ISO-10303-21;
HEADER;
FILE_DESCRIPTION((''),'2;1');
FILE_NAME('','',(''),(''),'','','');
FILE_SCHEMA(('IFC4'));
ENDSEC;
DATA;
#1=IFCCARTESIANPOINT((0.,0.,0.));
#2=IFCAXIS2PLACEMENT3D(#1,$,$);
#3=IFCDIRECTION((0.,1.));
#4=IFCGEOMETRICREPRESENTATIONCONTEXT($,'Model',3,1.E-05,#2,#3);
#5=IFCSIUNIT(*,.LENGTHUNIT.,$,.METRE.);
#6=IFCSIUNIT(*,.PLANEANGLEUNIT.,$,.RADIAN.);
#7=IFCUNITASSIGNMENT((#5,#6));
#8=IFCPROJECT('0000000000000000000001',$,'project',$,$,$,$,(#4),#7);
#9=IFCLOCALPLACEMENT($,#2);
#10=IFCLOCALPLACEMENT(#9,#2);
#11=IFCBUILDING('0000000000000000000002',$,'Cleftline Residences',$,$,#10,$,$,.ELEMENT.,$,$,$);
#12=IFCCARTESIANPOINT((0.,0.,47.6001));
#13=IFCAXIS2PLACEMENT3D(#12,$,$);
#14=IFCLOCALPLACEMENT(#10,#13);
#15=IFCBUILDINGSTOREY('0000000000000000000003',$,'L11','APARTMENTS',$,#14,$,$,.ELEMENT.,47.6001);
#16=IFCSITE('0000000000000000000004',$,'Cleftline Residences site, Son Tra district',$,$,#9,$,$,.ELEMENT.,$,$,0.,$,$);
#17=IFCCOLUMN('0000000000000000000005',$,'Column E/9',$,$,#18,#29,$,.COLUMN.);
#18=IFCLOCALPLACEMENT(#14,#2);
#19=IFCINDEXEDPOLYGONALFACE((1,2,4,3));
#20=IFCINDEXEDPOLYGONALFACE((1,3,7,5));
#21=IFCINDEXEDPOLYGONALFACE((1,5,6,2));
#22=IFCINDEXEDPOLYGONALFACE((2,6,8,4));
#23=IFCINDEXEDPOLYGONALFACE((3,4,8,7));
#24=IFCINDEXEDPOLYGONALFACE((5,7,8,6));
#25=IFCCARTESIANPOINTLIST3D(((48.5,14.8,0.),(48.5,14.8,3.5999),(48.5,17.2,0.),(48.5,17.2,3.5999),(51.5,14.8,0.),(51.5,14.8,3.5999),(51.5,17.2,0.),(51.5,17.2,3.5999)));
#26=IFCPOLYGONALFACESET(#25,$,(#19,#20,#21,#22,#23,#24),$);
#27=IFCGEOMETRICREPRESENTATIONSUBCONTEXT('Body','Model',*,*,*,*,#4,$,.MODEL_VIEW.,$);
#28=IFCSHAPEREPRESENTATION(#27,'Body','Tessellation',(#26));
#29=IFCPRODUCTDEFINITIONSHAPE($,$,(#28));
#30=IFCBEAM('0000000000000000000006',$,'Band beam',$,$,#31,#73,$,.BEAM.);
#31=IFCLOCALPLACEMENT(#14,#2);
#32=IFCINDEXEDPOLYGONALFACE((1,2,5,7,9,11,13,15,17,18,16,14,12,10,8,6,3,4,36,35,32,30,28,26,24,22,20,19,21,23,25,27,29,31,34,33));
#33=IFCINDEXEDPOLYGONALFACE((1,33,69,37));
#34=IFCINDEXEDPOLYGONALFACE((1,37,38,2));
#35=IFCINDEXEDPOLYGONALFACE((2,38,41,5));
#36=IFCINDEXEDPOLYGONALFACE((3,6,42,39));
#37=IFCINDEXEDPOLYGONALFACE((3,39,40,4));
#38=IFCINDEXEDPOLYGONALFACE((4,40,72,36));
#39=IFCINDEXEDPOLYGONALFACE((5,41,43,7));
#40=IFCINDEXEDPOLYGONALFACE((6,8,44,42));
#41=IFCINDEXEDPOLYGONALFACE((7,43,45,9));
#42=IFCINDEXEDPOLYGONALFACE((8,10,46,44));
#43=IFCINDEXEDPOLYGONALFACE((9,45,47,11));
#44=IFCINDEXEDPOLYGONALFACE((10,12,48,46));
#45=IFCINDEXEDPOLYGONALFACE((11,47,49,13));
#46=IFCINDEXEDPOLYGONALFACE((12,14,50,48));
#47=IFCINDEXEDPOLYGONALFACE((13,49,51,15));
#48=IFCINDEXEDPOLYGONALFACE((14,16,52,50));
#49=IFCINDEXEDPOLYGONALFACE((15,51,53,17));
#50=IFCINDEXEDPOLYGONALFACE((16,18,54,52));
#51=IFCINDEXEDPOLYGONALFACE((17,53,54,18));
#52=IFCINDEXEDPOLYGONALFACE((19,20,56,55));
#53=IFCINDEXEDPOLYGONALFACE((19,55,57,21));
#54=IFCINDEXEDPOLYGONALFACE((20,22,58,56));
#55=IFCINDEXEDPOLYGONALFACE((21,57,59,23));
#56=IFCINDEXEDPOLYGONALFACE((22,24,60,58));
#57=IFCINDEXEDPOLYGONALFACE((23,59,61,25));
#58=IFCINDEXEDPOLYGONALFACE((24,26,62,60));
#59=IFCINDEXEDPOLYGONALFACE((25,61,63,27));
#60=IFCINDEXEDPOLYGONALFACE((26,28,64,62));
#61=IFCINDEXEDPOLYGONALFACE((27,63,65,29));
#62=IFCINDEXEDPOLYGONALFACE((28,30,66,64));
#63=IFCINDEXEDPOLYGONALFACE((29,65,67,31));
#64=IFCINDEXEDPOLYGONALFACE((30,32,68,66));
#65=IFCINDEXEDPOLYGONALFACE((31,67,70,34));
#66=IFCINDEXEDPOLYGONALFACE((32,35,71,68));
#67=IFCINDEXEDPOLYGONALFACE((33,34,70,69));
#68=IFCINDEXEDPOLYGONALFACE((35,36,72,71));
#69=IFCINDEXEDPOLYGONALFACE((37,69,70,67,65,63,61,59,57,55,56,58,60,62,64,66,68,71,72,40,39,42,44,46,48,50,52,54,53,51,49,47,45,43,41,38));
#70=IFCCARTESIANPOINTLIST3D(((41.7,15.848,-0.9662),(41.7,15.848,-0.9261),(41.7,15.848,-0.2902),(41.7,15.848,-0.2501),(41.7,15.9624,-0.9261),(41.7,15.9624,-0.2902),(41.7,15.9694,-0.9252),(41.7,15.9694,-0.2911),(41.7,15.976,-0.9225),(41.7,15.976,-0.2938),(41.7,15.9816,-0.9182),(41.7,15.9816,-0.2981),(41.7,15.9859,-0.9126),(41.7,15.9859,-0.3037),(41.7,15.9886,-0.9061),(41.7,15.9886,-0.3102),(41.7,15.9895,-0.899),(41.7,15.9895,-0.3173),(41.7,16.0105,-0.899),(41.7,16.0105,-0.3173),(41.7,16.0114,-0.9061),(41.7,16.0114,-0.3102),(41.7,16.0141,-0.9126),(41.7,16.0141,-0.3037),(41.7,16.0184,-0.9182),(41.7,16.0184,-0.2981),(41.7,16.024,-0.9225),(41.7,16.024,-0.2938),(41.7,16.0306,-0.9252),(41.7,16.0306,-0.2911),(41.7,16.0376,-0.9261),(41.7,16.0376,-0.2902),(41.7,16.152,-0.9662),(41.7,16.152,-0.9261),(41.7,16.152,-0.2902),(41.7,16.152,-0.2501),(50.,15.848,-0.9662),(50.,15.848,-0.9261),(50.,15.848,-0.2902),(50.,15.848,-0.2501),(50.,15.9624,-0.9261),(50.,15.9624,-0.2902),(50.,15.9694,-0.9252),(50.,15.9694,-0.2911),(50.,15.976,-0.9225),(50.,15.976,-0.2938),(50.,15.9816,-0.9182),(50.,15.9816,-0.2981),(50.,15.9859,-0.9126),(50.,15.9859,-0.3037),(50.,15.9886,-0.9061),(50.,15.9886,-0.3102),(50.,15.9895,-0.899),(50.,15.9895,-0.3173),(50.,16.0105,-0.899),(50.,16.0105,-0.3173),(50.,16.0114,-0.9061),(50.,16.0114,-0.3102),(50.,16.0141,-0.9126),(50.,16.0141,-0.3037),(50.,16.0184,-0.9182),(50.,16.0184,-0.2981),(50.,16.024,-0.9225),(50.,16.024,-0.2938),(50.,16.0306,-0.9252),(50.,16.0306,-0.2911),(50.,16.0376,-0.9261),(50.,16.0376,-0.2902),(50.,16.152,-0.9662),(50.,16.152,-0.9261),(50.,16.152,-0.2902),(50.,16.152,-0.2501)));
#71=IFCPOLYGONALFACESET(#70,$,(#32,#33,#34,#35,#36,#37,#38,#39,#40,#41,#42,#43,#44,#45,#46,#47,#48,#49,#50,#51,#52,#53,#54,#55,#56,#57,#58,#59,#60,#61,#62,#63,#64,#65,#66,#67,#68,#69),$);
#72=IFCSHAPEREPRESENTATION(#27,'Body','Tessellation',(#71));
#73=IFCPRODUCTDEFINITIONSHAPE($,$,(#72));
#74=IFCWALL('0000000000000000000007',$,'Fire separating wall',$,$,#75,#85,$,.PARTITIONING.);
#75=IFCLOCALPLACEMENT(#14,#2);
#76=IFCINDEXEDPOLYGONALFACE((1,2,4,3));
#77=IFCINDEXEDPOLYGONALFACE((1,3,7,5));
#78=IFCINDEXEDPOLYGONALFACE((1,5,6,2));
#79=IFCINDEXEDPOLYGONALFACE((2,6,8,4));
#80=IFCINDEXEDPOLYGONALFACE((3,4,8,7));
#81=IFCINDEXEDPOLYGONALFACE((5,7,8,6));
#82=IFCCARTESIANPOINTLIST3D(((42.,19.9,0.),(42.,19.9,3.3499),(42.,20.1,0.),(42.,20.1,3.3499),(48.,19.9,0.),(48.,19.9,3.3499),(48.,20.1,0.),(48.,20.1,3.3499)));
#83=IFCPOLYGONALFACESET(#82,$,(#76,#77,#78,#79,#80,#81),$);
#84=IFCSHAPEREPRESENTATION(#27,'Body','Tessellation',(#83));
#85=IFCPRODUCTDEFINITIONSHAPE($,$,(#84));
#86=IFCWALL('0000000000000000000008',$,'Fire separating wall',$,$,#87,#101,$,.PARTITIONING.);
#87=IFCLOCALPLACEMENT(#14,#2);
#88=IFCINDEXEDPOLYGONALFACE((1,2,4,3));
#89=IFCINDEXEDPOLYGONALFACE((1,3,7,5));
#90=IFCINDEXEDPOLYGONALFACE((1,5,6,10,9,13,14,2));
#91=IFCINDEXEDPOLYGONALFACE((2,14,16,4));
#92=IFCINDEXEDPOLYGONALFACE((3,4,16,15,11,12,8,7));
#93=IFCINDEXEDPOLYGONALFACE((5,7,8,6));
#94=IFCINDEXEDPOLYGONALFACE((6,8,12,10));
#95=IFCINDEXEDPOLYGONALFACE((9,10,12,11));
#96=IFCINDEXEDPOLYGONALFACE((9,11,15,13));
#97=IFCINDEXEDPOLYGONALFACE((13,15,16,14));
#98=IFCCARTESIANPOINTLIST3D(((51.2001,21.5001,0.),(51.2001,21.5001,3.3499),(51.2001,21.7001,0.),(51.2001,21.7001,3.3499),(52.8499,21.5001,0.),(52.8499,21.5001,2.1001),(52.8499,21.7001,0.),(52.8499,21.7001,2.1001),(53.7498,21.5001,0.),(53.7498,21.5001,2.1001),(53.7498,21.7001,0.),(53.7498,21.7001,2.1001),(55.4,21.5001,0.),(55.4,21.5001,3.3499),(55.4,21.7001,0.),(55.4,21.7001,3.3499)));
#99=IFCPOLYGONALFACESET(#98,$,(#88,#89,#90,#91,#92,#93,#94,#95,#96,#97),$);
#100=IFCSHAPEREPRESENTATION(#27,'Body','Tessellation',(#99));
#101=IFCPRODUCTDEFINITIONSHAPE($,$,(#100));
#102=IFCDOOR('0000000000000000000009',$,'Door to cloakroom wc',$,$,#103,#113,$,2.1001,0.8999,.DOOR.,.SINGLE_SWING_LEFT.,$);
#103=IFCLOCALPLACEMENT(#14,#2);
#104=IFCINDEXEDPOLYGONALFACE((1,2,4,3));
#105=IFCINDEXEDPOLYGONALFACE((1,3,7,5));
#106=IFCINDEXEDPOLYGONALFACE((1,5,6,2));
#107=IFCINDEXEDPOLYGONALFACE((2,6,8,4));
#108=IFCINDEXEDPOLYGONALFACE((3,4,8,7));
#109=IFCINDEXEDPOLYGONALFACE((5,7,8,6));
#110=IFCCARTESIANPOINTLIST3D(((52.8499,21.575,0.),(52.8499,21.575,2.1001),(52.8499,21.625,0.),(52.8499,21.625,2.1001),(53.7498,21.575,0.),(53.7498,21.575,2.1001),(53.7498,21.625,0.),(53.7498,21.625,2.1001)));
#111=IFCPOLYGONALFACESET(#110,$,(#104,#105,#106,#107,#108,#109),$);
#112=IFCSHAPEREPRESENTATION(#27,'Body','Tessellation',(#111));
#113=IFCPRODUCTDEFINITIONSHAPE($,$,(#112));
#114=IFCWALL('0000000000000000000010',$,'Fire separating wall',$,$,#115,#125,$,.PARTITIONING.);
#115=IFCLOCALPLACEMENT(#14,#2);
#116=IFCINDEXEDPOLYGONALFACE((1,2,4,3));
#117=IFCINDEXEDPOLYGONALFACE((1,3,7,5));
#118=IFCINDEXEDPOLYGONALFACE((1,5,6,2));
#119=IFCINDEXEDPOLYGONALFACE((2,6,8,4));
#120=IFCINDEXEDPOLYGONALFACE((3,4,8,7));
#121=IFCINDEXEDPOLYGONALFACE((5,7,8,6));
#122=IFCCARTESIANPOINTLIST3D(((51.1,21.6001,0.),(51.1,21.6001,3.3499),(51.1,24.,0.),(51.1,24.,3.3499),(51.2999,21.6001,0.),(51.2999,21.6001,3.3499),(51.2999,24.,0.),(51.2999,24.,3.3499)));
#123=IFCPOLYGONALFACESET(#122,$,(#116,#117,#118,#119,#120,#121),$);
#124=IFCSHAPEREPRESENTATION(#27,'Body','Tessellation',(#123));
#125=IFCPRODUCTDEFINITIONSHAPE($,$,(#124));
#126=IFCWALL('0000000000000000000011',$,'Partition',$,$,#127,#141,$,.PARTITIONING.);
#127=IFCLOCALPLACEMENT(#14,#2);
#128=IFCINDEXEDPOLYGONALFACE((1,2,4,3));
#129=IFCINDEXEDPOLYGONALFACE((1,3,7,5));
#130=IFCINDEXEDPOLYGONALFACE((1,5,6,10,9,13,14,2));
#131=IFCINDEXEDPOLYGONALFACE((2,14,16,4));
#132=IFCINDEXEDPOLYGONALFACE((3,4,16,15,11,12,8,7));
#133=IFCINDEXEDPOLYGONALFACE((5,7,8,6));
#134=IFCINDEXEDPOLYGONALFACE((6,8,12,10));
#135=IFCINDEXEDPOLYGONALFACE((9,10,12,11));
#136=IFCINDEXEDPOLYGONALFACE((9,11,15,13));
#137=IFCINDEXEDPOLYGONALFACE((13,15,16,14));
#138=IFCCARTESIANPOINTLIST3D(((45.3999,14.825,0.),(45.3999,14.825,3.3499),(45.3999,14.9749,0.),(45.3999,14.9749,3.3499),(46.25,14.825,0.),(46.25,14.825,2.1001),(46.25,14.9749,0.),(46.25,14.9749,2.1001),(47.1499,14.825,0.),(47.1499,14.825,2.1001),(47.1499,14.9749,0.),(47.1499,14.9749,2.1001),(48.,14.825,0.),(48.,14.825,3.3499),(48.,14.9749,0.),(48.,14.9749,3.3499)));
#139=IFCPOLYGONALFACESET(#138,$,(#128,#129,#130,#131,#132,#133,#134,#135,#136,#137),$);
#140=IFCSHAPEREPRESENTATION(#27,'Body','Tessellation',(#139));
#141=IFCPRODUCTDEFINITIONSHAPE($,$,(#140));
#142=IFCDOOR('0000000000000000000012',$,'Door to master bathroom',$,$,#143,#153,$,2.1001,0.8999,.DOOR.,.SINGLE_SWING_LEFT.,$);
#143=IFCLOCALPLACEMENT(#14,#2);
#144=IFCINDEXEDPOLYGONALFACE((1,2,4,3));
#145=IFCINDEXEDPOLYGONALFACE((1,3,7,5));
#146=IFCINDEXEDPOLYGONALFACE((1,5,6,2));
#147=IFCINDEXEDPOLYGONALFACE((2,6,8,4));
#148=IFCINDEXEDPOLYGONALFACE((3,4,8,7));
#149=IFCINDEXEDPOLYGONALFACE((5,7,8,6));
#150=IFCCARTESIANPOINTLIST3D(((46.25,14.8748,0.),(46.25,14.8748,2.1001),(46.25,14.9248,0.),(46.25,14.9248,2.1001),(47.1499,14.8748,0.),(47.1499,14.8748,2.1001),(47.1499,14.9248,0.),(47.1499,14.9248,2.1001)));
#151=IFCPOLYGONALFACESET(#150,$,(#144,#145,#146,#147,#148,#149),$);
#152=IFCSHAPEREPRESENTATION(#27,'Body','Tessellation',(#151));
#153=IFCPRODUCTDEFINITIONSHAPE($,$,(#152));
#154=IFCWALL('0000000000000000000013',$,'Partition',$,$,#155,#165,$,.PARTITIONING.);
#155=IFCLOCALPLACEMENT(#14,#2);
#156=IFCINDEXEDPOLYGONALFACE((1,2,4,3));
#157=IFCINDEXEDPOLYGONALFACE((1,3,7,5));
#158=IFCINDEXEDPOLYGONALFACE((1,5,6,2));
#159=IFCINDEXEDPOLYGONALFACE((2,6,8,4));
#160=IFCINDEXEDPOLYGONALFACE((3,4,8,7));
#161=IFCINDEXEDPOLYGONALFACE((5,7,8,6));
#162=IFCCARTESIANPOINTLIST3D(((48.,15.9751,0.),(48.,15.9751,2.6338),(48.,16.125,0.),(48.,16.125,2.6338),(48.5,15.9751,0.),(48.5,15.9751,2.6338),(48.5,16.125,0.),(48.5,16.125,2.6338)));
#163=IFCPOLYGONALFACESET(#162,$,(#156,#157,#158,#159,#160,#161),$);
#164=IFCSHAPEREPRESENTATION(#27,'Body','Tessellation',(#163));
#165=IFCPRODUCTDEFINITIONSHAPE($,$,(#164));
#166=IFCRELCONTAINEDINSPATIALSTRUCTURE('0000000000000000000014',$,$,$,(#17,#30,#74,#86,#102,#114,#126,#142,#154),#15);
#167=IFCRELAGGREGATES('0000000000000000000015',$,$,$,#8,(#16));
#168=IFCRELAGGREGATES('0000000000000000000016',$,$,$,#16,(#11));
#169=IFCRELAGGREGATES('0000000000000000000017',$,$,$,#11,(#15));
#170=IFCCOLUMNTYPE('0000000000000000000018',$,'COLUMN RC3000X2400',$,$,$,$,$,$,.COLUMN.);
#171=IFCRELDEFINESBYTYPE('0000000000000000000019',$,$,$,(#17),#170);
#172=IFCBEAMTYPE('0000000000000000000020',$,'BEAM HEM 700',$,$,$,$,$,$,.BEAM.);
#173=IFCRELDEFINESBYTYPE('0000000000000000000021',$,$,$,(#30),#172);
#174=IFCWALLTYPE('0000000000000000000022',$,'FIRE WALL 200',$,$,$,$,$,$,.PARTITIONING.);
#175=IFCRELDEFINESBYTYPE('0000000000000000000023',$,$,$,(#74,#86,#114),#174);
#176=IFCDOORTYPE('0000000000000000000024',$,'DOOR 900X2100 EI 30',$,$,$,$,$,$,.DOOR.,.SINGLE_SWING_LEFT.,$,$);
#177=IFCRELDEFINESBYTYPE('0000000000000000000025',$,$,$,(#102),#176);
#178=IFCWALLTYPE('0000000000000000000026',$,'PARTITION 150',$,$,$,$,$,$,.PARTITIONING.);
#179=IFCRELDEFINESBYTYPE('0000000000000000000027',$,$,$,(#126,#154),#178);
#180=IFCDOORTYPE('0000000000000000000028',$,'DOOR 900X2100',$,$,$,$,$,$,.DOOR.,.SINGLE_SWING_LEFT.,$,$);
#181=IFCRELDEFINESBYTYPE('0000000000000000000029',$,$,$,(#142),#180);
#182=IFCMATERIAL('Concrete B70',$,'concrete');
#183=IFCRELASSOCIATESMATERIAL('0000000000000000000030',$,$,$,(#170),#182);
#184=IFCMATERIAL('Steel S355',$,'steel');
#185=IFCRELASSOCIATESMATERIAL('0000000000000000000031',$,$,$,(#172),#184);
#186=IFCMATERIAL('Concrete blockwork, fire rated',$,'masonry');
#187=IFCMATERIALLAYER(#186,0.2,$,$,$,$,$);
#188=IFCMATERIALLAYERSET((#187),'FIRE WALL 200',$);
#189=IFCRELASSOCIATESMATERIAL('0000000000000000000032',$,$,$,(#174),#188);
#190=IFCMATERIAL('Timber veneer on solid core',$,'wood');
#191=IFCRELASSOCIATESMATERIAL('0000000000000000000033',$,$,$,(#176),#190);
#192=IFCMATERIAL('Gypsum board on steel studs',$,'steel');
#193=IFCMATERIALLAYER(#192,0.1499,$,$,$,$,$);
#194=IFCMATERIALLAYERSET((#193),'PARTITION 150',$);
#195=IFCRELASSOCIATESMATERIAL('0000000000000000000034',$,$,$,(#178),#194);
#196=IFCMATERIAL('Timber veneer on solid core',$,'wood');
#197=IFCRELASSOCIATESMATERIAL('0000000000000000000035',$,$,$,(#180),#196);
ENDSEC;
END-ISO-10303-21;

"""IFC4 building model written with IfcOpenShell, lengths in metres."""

from ifc_helpers import new_model, si_unit, direction, frame, frame_2d, origin, origin_2d, place, context, subcontext, project, spatial, rectangle, i_section, extrude, material, layer, layer_set, material_profile, profile_set, type_object, element, fill, save


model = new_model("IFC4")

# Units and contexts
model_context = context("Model", 3, precision=1e-05, world=origin(), true_north=direction((0.0, 1.0)))
body_context = subcontext(model_context, "Body", "Model", "MODEL_VIEW")
ifc_project = project(units=[si_unit("LENGTHUNIT", "METRE"), si_unit("PLANEANGLEUNIT", "RADIAN")], contexts=[model_context])

# Site, building, storey
site_placement = place(None, origin())
site = spatial("IfcSite", under=ifc_project, at=site_placement, Name="Cleftline Residences site, Son Tra district", CompositionType="ELEMENT", RefElevation=0.0)
building_placement = place(site_placement, origin())
building = spatial("IfcBuilding", under=site, at=building_placement, Name="Cleftline Residences", CompositionType="ELEMENT")
storey_placement = place(building_placement, frame((0.0, 0.0, 47.6001)))
storey = spatial("IfcBuildingStorey", under=building, at=storey_placement, Name="L11", Description="APARTMENTS", CompositionType="ELEMENT", Elevation=47.6001)

# Column
ifc_material_1 = material(Name="Concrete B70", Category="concrete")
ifc_material_profile_1 = material_profile(ifc_material_1, rectangle(XDim=3.0, YDim=2.3999, at=origin_2d()))
ifc_profile_set_1 = profile_set([ifc_material_profile_1], Name="Concrete B70")
column_type = type_object("IfcColumnType", Name="COLUMN RC3000X2400", PredefinedType="COLUMN", material=ifc_profile_set_1)
column_placement = place(storey_placement, frame((50.0, 16.0, 0.0), z_axis=(0.0, 0.0, 1.0), x_axis=(1.0, 0.0, 0.0)))
element("IfcColumn", 1, at=column_placement, inside=storey, type_object=column_type, Name="Column E/9", PredefinedType="COLUMN", context=body_context, shape_type="SweptSolid", body=[
    extrude(rectangle(XDim=3.0, YDim=2.3999, at=origin_2d()), origin(), (0.0, 0.0, 1.0), 3.5999),
])

# Beam
ifc_material_2 = material(Name="Steel S355", Category="steel")
ifc_material_profile_2 = material_profile(ifc_material_2, i_section(OverallWidth=0.304, OverallDepth=0.7161, WebThickness=0.021, FlangeThickness=0.04, FilletRadius=0.0271, at=origin_2d()))
ifc_profile_set_2 = profile_set([ifc_material_profile_2], Name="Steel S355")
beam_type = type_object("IfcBeamType", Name="BEAM HEM 700", PredefinedType="BEAM", material=ifc_profile_set_2)
beam_placement = place(storey_placement, frame((50.0, 16.0, -0.6082), z_axis=(-1.0, 0.0, 0.0), x_axis=(0.0, -1.0, 0.0)))
element("IfcBeam", 2, at=beam_placement, inside=storey, type_object=beam_type, Name="Band beam", PredefinedType="BEAM", context=body_context, shape_type="SweptSolid", body=[
    extrude(i_section(OverallWidth=0.304, OverallDepth=0.7161, WebThickness=0.021, FlangeThickness=0.04, FilletRadius=0.0271, at=origin_2d()), origin(), (0.0, 0.0, 1.0), 8.3),
])

# Wall
ifc_material_3 = material(Name="Concrete blockwork, fire rated", Category="masonry")
ifc_layer_1 = layer(ifc_material_3, 0.2)
ifc_layer_set_1 = layer_set([ifc_layer_1], Name="FIRE WALL 200")
wall_type_1 = type_object("IfcWallType", Name="FIRE WALL 200", PredefinedType="PARTITIONING", material=ifc_layer_set_1)
wall_1_placement = place(storey_placement, frame((42.0, 20.0, 0.0), z_axis=(0.0, 0.0, 1.0), x_axis=(1.0, 0.0, 0.0)))
element("IfcWall", 3, at=wall_1_placement, inside=storey, type_object=wall_type_1, Name="Fire separating wall", PredefinedType="PARTITIONING", context=body_context, shape_type="SweptSolid", body=[
    extrude(rectangle(XDim=6.0, YDim=0.2, at=frame_2d((3.0, 0.0))), origin(), (0.0, 0.0, 1.0), 3.3499),
])

# Wall, opening, door
wall_2_placement = place(storey_placement, frame((51.2, 21.6001, 0.0), z_axis=(0.0, 0.0, 1.0), x_axis=(1.0, 0.0, 0.0)))
wall_2 = element("IfcWall", 4, at=wall_2_placement, inside=storey, type_object=wall_type_1, Name="Fire separating wall", PredefinedType="PARTITIONING", context=body_context, shape_type="SweptSolid", body=[
    extrude(rectangle(XDim=4.2, YDim=0.2, at=frame_2d((2.1001, 0.0))), origin(), (0.0, 0.0, 1.0), 3.3499),
])
opening_1_placement = place(wall_2_placement, frame((1.6499, 0.0, 0.0)))
opening_1 = element("IfcOpeningElement", 5, at=opening_1_placement, cuts=wall_2, PredefinedType="OPENING", context=body_context, shape_type="SweptSolid", body=[
    extrude(rectangle(XDim=0.8999, YDim=2.1001, at=frame_2d((0.45, 1.05))), frame((0.0, 0.1099, 0.0), z_axis=(0.0, -1.0, 0.0), x_axis=(1.0, 0.0, 0.0)), (0.0, 0.0, 1.0), 0.22),
])
ifc_material_4 = material(Name="Timber veneer on solid core", Category="wood")
door_type_1 = type_object("IfcDoorType", Name="DOOR 900X2100 EI 30", OperationType="SINGLE_SWING_LEFT", PredefinedType="DOOR", material=ifc_material_4)
door_1_placement = place(opening_1_placement, origin())
door_1 = element("IfcDoor", 6, at=door_1_placement, inside=storey, type_object=door_type_1, Name="Door to cloakroom wc", OperationType="SINGLE_SWING_LEFT", OverallHeight=2.1001, OverallWidth=0.8999, PredefinedType="DOOR", context=body_context, shape_type="SweptSolid", body=[
    extrude(rectangle(XDim=0.8999, YDim=2.1001, at=frame_2d((0.45, 1.05))), frame((0.0, 0.0249, 0.0), z_axis=(0.0, -1.0, 0.0), x_axis=(1.0, 0.0, 0.0)), (0.0, 0.0, 1.0), 0.05),
])
fill(opening_1, door_1)

# Wall
wall_3_placement = place(storey_placement, frame((51.2, 21.6001, 0.0), z_axis=(0.0, 0.0, 1.0), x_axis=(0.0, 1.0, 0.0)))
element("IfcWall", 7, at=wall_3_placement, inside=storey, type_object=wall_type_1, Name="Fire separating wall", PredefinedType="PARTITIONING", context=body_context, shape_type="SweptSolid", body=[
    extrude(rectangle(XDim=2.3999, YDim=0.2, at=frame_2d((1.2, 0.0))), origin(), (0.0, 0.0, 1.0), 3.3499),
])

# Wall, opening, door
ifc_material_5 = material(Name="Gypsum board on steel studs", Category="steel")
ifc_layer_2 = layer(ifc_material_5, 0.1499)
ifc_layer_set_2 = layer_set([ifc_layer_2], Name="PARTITION 150")
wall_type_2 = type_object("IfcWallType", Name="PARTITION 150", PredefinedType="PARTITIONING", material=ifc_layer_set_2)
wall_4_placement = place(storey_placement, frame((45.3999, 14.8999, 0.0), z_axis=(0.0, 0.0, 1.0), x_axis=(1.0, 0.0, 0.0)))
wall_4 = element("IfcWall", 8, at=wall_4_placement, inside=storey, type_object=wall_type_2, Name="Partition", PredefinedType="PARTITIONING", context=body_context, shape_type="SweptSolid", body=[
    extrude(rectangle(XDim=2.6001, YDim=0.1499, at=frame_2d((1.3, 0.0))), origin(), (0.0, 0.0, 1.0), 3.3499),
])
opening_2_placement = place(wall_4_placement, frame((0.8501, 0.0, 0.0)))
opening_2 = element("IfcOpeningElement", 9, at=opening_2_placement, cuts=wall_4, PredefinedType="OPENING", context=body_context, shape_type="SweptSolid", body=[
    extrude(rectangle(XDim=0.8999, YDim=2.1001, at=frame_2d((0.45, 1.05))), frame((0.0, 0.085, 0.0), z_axis=(0.0, -1.0, 0.0), x_axis=(1.0, 0.0, 0.0)), (0.0, 0.0, 1.0), 0.1699),
])
ifc_material_6 = material(Name="Timber veneer on solid core", Category="wood")
door_type_2 = type_object("IfcDoorType", Name="DOOR 900X2100", OperationType="SINGLE_SWING_LEFT", PredefinedType="DOOR", material=ifc_material_6)
door_2_placement = place(opening_2_placement, origin())
door_2 = element("IfcDoor", 10, at=door_2_placement, inside=storey, type_object=door_type_2, Name="Door to master bathroom", OperationType="SINGLE_SWING_LEFT", OverallHeight=2.1001, OverallWidth=0.8999, PredefinedType="DOOR", context=body_context, shape_type="SweptSolid", body=[
    extrude(rectangle(XDim=0.8999, YDim=2.1001, at=frame_2d((0.45, 1.05))), frame((0.0, 0.0249, 0.0), z_axis=(0.0, -1.0, 0.0), x_axis=(1.0, 0.0, 0.0)), (0.0, 0.0, 1.0), 0.05),
])
fill(opening_2, door_2)

# Wall
wall_5_placement = place(storey_placement, frame((48.0, 16.05, 0.0), z_axis=(0.0, 0.0, 1.0), x_axis=(1.0, 0.0, 0.0)))
element("IfcWall", 11, at=wall_5_placement, inside=storey, type_object=wall_type_2, Name="Partition", PredefinedType="PARTITIONING", context=body_context, shape_type="SweptSolid", body=[
    extrude(rectangle(XDim=0.5, YDim=0.1499, at=frame_2d((0.25, 0.0))), origin(), (0.0, 0.0, 1.0), 2.6338),
])

save(model, "model.ifc")
